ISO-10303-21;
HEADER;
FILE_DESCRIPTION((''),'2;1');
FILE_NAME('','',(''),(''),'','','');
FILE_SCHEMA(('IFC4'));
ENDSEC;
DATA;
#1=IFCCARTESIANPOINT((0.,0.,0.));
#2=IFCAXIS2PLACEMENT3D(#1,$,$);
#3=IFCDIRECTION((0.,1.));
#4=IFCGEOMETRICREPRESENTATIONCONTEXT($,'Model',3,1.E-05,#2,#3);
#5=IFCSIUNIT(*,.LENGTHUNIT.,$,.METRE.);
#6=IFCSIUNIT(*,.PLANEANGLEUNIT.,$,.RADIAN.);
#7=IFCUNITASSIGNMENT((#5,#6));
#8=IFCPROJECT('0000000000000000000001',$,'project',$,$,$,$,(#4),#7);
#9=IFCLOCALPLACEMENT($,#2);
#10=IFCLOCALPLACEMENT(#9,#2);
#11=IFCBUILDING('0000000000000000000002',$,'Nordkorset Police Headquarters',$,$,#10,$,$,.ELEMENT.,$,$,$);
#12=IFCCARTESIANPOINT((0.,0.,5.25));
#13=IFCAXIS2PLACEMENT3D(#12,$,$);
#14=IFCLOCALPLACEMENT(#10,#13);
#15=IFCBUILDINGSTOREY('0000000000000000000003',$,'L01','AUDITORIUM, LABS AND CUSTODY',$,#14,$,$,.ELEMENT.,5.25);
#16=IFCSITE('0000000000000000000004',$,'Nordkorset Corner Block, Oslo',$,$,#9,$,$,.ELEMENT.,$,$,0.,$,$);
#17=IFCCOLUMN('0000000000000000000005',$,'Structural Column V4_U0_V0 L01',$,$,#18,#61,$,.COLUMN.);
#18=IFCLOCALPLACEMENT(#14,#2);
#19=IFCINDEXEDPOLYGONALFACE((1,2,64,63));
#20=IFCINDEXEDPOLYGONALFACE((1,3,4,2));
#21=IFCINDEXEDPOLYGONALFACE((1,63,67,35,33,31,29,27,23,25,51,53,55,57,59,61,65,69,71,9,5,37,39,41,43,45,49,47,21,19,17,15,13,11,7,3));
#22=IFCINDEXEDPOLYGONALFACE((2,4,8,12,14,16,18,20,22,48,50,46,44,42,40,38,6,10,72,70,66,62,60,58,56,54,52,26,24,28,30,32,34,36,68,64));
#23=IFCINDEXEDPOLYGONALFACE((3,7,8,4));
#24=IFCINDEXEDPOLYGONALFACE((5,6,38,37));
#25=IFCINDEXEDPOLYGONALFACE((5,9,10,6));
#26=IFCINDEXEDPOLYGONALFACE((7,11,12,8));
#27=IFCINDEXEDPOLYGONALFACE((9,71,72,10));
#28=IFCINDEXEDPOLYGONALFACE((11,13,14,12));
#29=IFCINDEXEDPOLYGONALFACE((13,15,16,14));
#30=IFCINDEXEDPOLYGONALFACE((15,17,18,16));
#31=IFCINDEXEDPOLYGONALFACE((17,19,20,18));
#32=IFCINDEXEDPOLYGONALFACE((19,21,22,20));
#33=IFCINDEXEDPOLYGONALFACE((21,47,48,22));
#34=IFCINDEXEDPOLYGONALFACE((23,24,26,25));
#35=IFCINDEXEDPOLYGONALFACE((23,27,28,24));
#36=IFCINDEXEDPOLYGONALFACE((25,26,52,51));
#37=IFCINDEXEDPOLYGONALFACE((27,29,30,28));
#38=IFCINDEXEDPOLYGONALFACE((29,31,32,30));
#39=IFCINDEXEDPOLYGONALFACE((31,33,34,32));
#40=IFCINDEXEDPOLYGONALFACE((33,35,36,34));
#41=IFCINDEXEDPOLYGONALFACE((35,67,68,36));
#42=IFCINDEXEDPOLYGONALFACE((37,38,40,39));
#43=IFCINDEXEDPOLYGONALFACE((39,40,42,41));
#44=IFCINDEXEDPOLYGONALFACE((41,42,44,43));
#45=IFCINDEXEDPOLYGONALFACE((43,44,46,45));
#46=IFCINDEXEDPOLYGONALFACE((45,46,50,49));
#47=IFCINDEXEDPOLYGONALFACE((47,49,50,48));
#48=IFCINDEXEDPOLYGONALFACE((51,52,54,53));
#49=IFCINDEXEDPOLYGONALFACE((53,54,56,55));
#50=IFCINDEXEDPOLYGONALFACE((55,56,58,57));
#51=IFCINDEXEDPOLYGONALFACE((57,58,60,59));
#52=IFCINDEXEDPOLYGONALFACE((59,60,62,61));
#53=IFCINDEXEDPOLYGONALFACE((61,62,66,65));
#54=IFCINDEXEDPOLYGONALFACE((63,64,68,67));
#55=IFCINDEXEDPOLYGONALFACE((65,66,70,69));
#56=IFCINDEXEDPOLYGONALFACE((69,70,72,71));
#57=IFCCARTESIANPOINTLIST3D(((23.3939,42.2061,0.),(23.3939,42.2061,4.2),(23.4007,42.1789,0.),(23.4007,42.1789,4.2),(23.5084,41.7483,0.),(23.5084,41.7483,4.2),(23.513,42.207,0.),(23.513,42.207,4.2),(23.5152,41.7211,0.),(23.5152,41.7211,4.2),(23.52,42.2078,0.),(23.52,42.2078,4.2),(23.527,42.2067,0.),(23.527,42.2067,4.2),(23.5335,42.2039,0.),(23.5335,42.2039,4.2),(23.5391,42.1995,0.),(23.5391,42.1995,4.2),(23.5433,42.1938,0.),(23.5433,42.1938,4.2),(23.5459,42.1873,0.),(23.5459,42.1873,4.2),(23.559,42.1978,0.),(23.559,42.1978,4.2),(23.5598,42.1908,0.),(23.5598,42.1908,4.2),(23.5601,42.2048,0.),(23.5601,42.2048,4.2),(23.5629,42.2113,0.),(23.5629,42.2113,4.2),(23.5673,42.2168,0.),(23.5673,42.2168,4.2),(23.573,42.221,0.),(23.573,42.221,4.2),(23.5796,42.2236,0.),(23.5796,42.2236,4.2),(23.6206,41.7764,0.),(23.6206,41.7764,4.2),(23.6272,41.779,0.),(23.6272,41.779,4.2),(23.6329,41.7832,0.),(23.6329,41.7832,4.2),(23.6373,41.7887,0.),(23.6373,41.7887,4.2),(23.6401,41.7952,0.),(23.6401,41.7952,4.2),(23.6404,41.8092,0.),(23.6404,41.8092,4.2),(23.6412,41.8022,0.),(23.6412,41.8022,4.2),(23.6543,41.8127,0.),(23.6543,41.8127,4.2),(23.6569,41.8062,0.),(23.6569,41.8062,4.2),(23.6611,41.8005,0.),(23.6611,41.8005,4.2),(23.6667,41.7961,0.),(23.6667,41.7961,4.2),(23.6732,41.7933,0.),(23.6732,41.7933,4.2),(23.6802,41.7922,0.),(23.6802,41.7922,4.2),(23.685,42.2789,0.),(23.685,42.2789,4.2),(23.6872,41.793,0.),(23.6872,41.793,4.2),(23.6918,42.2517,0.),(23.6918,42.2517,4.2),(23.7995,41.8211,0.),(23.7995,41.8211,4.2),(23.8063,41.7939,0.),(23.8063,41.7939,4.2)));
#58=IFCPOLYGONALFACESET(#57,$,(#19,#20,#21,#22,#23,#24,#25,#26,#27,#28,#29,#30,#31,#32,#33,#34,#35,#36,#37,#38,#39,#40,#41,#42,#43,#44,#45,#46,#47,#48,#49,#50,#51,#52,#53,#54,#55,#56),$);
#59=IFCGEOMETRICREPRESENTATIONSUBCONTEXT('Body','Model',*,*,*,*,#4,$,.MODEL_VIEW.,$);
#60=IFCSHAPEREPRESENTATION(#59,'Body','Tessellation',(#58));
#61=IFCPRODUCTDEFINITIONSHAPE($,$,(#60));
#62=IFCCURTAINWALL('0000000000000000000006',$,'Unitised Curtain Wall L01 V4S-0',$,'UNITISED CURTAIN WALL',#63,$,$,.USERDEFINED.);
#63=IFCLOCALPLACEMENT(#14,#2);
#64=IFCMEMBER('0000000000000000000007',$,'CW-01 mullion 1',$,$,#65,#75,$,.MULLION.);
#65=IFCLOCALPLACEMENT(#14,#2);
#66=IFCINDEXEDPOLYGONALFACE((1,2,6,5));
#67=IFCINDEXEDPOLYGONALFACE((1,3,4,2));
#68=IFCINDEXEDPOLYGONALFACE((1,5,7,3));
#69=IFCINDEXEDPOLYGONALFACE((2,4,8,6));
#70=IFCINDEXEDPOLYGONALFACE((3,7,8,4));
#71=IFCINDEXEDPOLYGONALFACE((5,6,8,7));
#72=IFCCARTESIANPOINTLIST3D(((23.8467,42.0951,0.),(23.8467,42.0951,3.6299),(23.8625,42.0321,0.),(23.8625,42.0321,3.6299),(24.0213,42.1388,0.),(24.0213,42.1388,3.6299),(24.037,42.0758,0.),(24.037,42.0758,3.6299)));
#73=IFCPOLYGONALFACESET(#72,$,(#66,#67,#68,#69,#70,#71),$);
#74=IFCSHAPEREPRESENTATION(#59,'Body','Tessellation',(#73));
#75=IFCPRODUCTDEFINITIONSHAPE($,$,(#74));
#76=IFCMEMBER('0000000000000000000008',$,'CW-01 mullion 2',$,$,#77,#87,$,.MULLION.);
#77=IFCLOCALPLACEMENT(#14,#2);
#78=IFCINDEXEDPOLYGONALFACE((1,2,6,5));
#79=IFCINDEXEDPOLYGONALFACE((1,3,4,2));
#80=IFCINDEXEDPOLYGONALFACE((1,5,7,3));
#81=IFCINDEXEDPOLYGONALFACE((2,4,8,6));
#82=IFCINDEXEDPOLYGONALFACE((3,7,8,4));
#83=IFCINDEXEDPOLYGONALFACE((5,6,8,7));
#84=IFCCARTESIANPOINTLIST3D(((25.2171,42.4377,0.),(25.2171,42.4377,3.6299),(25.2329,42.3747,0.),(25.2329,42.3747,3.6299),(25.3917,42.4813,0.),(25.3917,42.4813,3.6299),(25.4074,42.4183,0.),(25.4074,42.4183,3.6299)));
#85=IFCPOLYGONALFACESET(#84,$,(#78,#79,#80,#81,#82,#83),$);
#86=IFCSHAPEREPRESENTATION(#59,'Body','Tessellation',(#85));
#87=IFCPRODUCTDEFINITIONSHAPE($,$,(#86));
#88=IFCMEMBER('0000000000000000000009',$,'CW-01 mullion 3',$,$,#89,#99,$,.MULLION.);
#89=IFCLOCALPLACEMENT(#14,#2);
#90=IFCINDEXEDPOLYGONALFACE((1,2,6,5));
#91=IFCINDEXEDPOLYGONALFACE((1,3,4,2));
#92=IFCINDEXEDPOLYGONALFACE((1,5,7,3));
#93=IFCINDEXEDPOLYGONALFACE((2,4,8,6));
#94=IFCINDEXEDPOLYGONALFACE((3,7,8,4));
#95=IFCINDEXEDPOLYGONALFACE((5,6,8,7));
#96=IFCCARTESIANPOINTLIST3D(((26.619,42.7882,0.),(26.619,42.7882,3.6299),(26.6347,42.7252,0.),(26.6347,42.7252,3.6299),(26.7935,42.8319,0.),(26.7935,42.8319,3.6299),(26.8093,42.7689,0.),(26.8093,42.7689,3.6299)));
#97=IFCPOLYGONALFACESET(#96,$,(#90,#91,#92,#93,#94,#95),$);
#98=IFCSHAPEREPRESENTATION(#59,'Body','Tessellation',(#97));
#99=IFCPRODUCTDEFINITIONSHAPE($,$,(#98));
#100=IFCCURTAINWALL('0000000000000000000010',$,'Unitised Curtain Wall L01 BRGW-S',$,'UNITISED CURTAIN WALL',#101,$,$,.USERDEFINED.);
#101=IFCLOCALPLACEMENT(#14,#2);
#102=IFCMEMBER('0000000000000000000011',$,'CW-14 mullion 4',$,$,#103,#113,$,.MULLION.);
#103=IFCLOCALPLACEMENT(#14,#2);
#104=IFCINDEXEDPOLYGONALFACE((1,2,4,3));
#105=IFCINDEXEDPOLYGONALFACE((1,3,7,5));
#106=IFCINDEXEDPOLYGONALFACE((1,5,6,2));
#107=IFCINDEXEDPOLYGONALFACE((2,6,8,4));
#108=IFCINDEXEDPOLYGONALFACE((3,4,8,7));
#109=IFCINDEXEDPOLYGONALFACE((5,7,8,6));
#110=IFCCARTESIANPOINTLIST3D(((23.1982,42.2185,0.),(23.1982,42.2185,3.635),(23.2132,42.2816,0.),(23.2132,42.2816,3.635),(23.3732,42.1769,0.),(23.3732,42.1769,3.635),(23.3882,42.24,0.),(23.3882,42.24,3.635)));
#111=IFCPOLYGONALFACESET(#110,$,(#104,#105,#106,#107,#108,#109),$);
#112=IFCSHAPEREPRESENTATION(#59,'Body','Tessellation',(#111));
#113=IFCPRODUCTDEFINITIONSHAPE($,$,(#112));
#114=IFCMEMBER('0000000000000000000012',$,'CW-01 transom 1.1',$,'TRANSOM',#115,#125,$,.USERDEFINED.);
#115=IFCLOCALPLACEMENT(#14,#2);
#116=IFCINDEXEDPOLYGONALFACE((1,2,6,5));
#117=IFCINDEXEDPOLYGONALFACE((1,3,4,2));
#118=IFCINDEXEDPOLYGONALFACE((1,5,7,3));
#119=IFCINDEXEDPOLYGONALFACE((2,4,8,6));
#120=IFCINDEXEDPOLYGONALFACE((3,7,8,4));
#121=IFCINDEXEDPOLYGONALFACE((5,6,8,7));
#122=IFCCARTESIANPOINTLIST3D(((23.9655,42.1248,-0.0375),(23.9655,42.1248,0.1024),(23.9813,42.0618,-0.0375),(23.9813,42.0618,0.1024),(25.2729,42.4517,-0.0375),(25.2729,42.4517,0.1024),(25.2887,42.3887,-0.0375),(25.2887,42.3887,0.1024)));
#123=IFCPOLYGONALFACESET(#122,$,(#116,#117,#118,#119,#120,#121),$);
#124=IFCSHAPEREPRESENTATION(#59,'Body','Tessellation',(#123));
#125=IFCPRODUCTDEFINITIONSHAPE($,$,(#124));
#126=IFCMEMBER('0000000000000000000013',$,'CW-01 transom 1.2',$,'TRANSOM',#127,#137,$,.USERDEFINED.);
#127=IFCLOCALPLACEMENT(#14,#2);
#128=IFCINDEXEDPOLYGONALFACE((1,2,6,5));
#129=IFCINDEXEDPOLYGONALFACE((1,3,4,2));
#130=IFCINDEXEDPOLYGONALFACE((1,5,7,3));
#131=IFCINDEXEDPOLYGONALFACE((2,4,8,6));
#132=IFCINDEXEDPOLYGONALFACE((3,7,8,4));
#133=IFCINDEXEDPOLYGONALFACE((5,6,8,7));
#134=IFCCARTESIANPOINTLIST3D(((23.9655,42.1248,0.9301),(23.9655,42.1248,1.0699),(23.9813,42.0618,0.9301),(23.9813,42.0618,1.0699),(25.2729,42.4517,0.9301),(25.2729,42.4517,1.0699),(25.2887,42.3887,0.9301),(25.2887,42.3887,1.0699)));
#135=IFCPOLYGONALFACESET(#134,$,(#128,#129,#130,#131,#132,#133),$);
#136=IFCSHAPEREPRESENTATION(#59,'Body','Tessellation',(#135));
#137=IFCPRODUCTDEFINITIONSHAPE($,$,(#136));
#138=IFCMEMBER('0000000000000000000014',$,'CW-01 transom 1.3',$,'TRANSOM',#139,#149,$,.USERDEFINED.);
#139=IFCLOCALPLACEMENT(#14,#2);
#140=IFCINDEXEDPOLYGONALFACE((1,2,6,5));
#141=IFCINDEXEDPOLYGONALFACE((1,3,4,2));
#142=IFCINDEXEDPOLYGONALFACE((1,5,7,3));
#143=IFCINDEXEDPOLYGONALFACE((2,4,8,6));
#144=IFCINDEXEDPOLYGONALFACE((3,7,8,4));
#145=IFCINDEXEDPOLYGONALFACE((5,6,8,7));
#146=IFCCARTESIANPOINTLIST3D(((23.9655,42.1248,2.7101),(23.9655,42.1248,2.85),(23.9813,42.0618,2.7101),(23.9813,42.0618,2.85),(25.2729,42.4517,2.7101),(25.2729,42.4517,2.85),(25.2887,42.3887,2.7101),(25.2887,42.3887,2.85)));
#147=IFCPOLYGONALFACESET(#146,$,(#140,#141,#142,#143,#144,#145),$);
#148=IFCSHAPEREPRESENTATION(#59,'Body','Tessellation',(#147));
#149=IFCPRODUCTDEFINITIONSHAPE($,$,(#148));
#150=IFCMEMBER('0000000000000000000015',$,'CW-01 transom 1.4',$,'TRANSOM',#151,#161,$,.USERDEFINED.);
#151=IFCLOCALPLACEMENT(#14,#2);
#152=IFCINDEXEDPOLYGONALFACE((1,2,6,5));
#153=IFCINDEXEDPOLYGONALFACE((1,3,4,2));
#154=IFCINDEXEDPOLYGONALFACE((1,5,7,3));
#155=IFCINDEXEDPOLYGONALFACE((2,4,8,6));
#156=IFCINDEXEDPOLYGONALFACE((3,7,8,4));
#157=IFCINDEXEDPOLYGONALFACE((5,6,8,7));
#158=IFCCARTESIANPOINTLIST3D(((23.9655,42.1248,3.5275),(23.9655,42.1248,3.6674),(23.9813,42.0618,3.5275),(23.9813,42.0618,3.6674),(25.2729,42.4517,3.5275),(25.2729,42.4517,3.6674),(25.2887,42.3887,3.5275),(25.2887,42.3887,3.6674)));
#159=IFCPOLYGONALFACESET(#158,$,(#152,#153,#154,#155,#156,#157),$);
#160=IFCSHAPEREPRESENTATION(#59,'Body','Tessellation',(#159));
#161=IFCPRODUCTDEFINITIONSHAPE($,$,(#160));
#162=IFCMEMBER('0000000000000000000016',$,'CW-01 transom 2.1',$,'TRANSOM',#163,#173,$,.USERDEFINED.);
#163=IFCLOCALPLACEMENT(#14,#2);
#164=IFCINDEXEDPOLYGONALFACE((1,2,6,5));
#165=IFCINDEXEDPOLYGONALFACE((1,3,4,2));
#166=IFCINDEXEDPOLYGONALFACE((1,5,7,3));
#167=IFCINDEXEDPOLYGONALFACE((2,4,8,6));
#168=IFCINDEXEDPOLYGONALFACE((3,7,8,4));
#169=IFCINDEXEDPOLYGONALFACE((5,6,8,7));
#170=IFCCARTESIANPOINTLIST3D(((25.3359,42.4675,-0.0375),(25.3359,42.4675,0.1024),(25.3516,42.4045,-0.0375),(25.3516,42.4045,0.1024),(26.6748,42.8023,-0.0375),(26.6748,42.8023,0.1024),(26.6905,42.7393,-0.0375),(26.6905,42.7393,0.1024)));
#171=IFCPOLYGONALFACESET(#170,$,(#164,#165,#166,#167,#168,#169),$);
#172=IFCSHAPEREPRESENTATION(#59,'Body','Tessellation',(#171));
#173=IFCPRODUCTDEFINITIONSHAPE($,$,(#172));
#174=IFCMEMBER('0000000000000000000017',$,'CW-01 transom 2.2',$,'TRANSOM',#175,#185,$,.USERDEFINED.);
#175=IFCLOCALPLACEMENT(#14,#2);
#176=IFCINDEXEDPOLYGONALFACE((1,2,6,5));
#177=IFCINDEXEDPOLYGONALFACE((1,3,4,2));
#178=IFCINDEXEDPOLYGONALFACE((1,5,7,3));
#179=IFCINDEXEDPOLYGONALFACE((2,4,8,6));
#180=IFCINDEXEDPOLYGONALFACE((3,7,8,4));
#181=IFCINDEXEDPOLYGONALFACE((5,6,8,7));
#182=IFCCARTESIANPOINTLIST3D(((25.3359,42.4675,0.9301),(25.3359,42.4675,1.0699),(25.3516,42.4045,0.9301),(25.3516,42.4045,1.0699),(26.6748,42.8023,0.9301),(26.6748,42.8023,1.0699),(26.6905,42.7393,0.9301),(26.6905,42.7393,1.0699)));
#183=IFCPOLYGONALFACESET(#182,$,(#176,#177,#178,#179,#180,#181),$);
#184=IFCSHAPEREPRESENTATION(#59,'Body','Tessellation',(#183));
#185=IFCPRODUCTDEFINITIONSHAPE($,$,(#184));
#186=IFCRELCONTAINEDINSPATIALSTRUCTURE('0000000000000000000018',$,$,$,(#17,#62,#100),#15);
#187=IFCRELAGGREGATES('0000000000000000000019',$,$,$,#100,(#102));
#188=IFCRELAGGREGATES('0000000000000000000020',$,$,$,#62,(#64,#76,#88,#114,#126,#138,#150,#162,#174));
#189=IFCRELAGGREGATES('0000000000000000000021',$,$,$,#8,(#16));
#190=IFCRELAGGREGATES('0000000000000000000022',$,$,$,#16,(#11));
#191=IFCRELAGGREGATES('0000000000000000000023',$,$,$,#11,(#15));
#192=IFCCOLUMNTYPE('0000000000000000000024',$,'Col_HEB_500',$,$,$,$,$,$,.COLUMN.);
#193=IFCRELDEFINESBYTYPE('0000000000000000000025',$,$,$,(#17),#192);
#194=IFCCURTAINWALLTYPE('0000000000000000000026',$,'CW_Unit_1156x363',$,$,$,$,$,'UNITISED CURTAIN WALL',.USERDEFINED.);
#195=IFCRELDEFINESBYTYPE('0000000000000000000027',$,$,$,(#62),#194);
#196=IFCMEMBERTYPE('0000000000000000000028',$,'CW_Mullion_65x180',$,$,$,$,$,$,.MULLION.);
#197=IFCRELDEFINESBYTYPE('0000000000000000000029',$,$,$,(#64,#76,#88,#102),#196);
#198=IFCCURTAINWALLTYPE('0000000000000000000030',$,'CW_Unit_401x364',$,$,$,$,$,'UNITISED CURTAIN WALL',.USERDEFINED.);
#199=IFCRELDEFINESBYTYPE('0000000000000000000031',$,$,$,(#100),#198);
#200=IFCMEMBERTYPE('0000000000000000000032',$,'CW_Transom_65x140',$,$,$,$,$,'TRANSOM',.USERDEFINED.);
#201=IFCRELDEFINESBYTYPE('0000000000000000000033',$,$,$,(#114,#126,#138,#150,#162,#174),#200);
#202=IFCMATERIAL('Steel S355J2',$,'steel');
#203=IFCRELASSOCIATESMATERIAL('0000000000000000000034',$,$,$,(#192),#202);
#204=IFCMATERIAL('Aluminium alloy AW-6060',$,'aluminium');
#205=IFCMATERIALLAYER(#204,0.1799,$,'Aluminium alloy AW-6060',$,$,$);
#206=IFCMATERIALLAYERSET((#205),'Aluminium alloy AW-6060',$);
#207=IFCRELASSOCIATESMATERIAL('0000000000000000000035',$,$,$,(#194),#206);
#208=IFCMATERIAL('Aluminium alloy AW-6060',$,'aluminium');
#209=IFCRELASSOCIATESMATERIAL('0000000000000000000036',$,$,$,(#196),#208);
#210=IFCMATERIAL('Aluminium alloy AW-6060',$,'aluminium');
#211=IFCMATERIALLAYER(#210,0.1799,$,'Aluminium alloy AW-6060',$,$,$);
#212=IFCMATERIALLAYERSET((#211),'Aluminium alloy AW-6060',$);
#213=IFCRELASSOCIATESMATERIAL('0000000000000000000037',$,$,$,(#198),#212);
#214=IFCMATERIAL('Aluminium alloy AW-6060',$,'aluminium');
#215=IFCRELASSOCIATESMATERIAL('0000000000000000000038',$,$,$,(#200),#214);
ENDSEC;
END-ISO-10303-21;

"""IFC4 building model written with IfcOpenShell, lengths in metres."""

from ifc_helpers import new_model, si_unit, direction, frame, origin, origin_2d, place, context, subcontext, project, spatial, rectangle, i_section, extrude, material, layer, layer_set, material_profile, profile_set, type_object, element, aggregate, save


model = new_model("IFC4")

# Units and contexts
model_context = context("Model", 3, precision=1e-05, world=origin(), true_north=direction((0.0, 1.0)))
body_context = subcontext(model_context, "Body", "Model", "MODEL_VIEW")
ifc_project = project(units=[si_unit("LENGTHUNIT", "METRE"), si_unit("PLANEANGLEUNIT", "RADIAN")], contexts=[model_context])

# Site, building, storey
site_placement = place(None, origin())
site = spatial("IfcSite", under=ifc_project, at=site_placement, Name="Nordkorset Corner Block, Oslo", CompositionType="ELEMENT", RefElevation=0.0)
building_placement = place(site_placement, origin())
building = spatial("IfcBuilding", under=site, at=building_placement, Name="Nordkorset Police Headquarters", CompositionType="ELEMENT")
storey_placement = place(building_placement, frame((0.0, 0.0, 5.25)))
storey = spatial("IfcBuildingStorey", under=building, at=storey_placement, Name="L01", Description="AUDITORIUM, LABS AND CUSTODY", CompositionType="ELEMENT", Elevation=5.25)

# Column
ifc_material_1 = material(Name="Steel S355J2", Category="steel")
ifc_material_profile_1 = material_profile(ifc_material_1, i_section(OverallWidth=0.3, OverallDepth=0.5, WebThickness=0.0144, FlangeThickness=0.0281, FilletRadius=0.0271, at=origin_2d()), Name="HEB 500")
ifc_profile_set_1 = profile_set([ifc_material_profile_1], Name="Steel S355J2")
column_type = type_object("IfcColumnType", Name="Col_HEB_500", PredefinedType="COLUMN", material=ifc_profile_set_1)
column_placement = place(storey_placement, frame((23.6001, 42.0, 0.0), z_axis=(0.0, 0.0, 1.0), x_axis=(0.970143, 0.242536, 0.0)))
element("IfcColumn", 1, at=column_placement, inside=storey, type_object=column_type, Name="Structural Column V4_U0_V0 L01", PredefinedType="COLUMN", context=body_context, shape_type="SweptSolid", body=[
    extrude(i_section(OverallWidth=0.3, OverallDepth=0.5, WebThickness=0.0144, FlangeThickness=0.0281, FilletRadius=0.0271, at=origin_2d()), origin(), (0.0, 0.0, 1.0), 4.2),
])

# Curtain wall, members
ifc_material_2 = material(Name="Aluminium alloy AW-6060", Category="aluminium")
ifc_layer_1 = layer(ifc_material_2, 0.1799, Name="Aluminium alloy AW-6060")
ifc_layer_set_1 = layer_set([ifc_layer_1], Name="Aluminium alloy AW-6060")
curtain_wall_type_1 = type_object("IfcCurtainWallType", Name="CW_Unit_1156x363", ElementType="UNITISED CURTAIN WALL", PredefinedType="USERDEFINED", material=ifc_layer_set_1)
curtain_wall_1_placement = place(storey_placement, origin())
curtain_wall_1 = element("IfcCurtainWall", 2, at=curtain_wall_1_placement, inside=storey, type_object=curtain_wall_type_1, Name="Unitised Curtain Wall L01 V4S-0", ObjectType="UNITISED CURTAIN WALL", PredefinedType="USERDEFINED")
ifc_material_3 = material(Name="Aluminium alloy AW-6060", Category="aluminium")
ifc_material_profile_2 = material_profile(ifc_material_3, rectangle(XDim=0.0649, YDim=0.1799, at=origin_2d()), Name="ALU MULL 65x180")
ifc_profile_set_2 = profile_set([ifc_material_profile_2], Name="Aluminium alloy AW-6060")
member_type_1 = type_object("IfcMemberType", Name="CW_Mullion_65x180", PredefinedType="MULLION", material=ifc_profile_set_2)
member_1_placement = place(storey_placement, frame((23.9419, 42.0854, 0.0), z_axis=(0.0, 0.0, 1.0), x_axis=(-0.242536, 0.970143, 0.0)))
member_1 = element("IfcMember", 3, at=member_1_placement, type_object=member_type_1, Name="CW-01 mullion 1", PredefinedType="MULLION", context=body_context, shape_type="SweptSolid", body=[
    extrude(rectangle(XDim=0.0649, YDim=0.1799, at=origin_2d()), origin(), (0.0, 0.0, 1.0), 3.6299),
])
member_2_placement = place(storey_placement, frame((25.3123, 42.428, 0.0), z_axis=(0.0, 0.0, 1.0), x_axis=(-0.242536, 0.970143, 0.0)))
member_2 = element("IfcMember", 4, at=member_2_placement, type_object=member_type_1, Name="CW-01 mullion 2", PredefinedType="MULLION", context=body_context, shape_type="SweptSolid", body=[
    extrude(rectangle(XDim=0.0649, YDim=0.1799, at=origin_2d()), origin(), (0.0, 0.0, 1.0), 3.6299),
])
member_3_placement = place(storey_placement, frame((26.7141, 42.7786, 0.0), z_axis=(0.0, 0.0, 1.0), x_axis=(-0.242536, 0.970143, 0.0)))
member_3 = element("IfcMember", 5, at=member_3_placement, type_object=member_type_1, Name="CW-01 mullion 3", PredefinedType="MULLION", context=body_context, shape_type="SweptSolid", body=[
    extrude(rectangle(XDim=0.0649, YDim=0.1799, at=origin_2d()), origin(), (0.0, 0.0, 1.0), 3.6299),
])

# Curtain wall, member
ifc_material_4 = material(Name="Aluminium alloy AW-6060", Category="aluminium")
ifc_layer_2 = layer(ifc_material_4, 0.1799, Name="Aluminium alloy AW-6060")
ifc_layer_set_2 = layer_set([ifc_layer_2], Name="Aluminium alloy AW-6060")
curtain_wall_type_2 = type_object("IfcCurtainWallType", Name="CW_Unit_401x364", ElementType="UNITISED CURTAIN WALL", PredefinedType="USERDEFINED", material=ifc_layer_set_2)
curtain_wall_2_placement = place(storey_placement, origin())
curtain_wall_2 = element("IfcCurtainWall", 6, at=curtain_wall_2_placement, inside=storey, type_object=curtain_wall_type_2, Name="Unitised Curtain Wall L01 BRGW-S", ObjectType="UNITISED CURTAIN WALL", PredefinedType="USERDEFINED")
member_4_placement = place(storey_placement, frame((23.2932, 42.2292, 0.0), z_axis=(0.0, 0.0, 1.0), x_axis=(0.231206, 0.972905, 0.0)))
member_4 = element("IfcMember", 7, at=member_4_placement, type_object=member_type_1, Name="CW-14 mullion 4", PredefinedType="MULLION", context=body_context, shape_type="SweptSolid", body=[
    extrude(rectangle(XDim=0.0649, YDim=0.1799, at=origin_2d()), origin(), (0.0, 0.0, 1.0), 3.635),
])
aggregate(curtain_wall_2, [member_4])

# Members
ifc_material_5 = material(Name="Aluminium alloy AW-6060", Category="aluminium")
ifc_material_profile_3 = material_profile(ifc_material_5, rectangle(XDim=0.0649, YDim=0.1399, at=origin_2d()), Name="ALU TRAN 65x140")
ifc_profile_set_3 = profile_set([ifc_material_profile_3], Name="Aluminium alloy AW-6060")
member_type_2 = type_object("IfcMemberType", Name="CW_Transom_65x140", ElementType="TRANSOM", PredefinedType="USERDEFINED", material=ifc_profile_set_3)
member_5_placement = place(storey_placement, frame((23.9734, 42.0933, 0.0325), z_axis=(0.970132, 0.242578, 0.0), x_axis=(-0.242578, 0.970132, 0.0)))
member_5 = element("IfcMember", 8, at=member_5_placement, type_object=member_type_2, Name="CW-01 transom 1.1", ObjectType="TRANSOM", PredefinedType="USERDEFINED", context=body_context, shape_type="SweptSolid", body=[
    extrude(rectangle(XDim=0.0649, YDim=0.1399, at=origin_2d()), origin(), (0.0, 0.0, 1.0), 1.3477),
])
member_6_placement = place(storey_placement, frame((23.9734, 42.0933, 1.0), z_axis=(0.970132, 0.242578, 0.0), x_axis=(-0.242578, 0.970132, 0.0)))
member_6 = element("IfcMember", 9, at=member_6_placement, type_object=member_type_2, Name="CW-01 transom 1.2", ObjectType="TRANSOM", PredefinedType="USERDEFINED", context=body_context, shape_type="SweptSolid", body=[
    extrude(rectangle(XDim=0.0649, YDim=0.1399, at=origin_2d()), origin(), (0.0, 0.0, 1.0), 1.3477),
])
member_7_placement = place(storey_placement, frame((23.9734, 42.0933, 2.78), z_axis=(0.970132, 0.242578, 0.0), x_axis=(-0.242578, 0.970132, 0.0)))
member_7 = element("IfcMember", 10, at=member_7_placement, type_object=member_type_2, Name="CW-01 transom 1.3", ObjectType="TRANSOM", PredefinedType="USERDEFINED", context=body_context, shape_type="SweptSolid", body=[
    extrude(rectangle(XDim=0.0649, YDim=0.1399, at=origin_2d()), origin(), (0.0, 0.0, 1.0), 1.3477),
])
member_8_placement = place(storey_placement, frame((23.9734, 42.0933, 3.5974), z_axis=(0.970132, 0.242578, 0.0), x_axis=(-0.242578, 0.970132, 0.0)))
member_8 = element("IfcMember", 11, at=member_8_placement, type_object=member_type_2, Name="CW-01 transom 1.4", ObjectType="TRANSOM", PredefinedType="USERDEFINED", context=body_context, shape_type="SweptSolid", body=[
    extrude(rectangle(XDim=0.0649, YDim=0.1399, at=origin_2d()), origin(), (0.0, 0.0, 1.0), 1.3477),
])
member_9_placement = place(storey_placement, frame((25.3438, 42.436, 0.0325), z_axis=(0.970143, 0.242536, 0.0), x_axis=(-0.242536, 0.970143, 0.0)))
member_9 = element("IfcMember", 12, at=member_9_placement, type_object=member_type_2, Name="CW-01 transom 2.1", ObjectType="TRANSOM", PredefinedType="USERDEFINED", context=body_context, shape_type="SweptSolid", body=[
    extrude(rectangle(XDim=0.0649, YDim=0.1399, at=origin_2d()), origin(), (0.0, 0.0, 1.0), 1.3801),
])
member_10_placement = place(storey_placement, frame((25.3438, 42.436, 1.0), z_axis=(0.970143, 0.242536, 0.0), x_axis=(-0.242536, 0.970143, 0.0)))
member_10 = element("IfcMember", 13, at=member_10_placement, type_object=member_type_2, Name="CW-01 transom 2.2", ObjectType="TRANSOM", PredefinedType="USERDEFINED", context=body_context, shape_type="SweptSolid", body=[
    extrude(rectangle(XDim=0.0649, YDim=0.1399, at=origin_2d()), origin(), (0.0, 0.0, 1.0), 1.3801),
])

aggregate(curtain_wall_1, [member_1, member_2, member_3, member_5, member_6, member_7, member_8, member_9, member_10])

save(model, "model.ifc")
